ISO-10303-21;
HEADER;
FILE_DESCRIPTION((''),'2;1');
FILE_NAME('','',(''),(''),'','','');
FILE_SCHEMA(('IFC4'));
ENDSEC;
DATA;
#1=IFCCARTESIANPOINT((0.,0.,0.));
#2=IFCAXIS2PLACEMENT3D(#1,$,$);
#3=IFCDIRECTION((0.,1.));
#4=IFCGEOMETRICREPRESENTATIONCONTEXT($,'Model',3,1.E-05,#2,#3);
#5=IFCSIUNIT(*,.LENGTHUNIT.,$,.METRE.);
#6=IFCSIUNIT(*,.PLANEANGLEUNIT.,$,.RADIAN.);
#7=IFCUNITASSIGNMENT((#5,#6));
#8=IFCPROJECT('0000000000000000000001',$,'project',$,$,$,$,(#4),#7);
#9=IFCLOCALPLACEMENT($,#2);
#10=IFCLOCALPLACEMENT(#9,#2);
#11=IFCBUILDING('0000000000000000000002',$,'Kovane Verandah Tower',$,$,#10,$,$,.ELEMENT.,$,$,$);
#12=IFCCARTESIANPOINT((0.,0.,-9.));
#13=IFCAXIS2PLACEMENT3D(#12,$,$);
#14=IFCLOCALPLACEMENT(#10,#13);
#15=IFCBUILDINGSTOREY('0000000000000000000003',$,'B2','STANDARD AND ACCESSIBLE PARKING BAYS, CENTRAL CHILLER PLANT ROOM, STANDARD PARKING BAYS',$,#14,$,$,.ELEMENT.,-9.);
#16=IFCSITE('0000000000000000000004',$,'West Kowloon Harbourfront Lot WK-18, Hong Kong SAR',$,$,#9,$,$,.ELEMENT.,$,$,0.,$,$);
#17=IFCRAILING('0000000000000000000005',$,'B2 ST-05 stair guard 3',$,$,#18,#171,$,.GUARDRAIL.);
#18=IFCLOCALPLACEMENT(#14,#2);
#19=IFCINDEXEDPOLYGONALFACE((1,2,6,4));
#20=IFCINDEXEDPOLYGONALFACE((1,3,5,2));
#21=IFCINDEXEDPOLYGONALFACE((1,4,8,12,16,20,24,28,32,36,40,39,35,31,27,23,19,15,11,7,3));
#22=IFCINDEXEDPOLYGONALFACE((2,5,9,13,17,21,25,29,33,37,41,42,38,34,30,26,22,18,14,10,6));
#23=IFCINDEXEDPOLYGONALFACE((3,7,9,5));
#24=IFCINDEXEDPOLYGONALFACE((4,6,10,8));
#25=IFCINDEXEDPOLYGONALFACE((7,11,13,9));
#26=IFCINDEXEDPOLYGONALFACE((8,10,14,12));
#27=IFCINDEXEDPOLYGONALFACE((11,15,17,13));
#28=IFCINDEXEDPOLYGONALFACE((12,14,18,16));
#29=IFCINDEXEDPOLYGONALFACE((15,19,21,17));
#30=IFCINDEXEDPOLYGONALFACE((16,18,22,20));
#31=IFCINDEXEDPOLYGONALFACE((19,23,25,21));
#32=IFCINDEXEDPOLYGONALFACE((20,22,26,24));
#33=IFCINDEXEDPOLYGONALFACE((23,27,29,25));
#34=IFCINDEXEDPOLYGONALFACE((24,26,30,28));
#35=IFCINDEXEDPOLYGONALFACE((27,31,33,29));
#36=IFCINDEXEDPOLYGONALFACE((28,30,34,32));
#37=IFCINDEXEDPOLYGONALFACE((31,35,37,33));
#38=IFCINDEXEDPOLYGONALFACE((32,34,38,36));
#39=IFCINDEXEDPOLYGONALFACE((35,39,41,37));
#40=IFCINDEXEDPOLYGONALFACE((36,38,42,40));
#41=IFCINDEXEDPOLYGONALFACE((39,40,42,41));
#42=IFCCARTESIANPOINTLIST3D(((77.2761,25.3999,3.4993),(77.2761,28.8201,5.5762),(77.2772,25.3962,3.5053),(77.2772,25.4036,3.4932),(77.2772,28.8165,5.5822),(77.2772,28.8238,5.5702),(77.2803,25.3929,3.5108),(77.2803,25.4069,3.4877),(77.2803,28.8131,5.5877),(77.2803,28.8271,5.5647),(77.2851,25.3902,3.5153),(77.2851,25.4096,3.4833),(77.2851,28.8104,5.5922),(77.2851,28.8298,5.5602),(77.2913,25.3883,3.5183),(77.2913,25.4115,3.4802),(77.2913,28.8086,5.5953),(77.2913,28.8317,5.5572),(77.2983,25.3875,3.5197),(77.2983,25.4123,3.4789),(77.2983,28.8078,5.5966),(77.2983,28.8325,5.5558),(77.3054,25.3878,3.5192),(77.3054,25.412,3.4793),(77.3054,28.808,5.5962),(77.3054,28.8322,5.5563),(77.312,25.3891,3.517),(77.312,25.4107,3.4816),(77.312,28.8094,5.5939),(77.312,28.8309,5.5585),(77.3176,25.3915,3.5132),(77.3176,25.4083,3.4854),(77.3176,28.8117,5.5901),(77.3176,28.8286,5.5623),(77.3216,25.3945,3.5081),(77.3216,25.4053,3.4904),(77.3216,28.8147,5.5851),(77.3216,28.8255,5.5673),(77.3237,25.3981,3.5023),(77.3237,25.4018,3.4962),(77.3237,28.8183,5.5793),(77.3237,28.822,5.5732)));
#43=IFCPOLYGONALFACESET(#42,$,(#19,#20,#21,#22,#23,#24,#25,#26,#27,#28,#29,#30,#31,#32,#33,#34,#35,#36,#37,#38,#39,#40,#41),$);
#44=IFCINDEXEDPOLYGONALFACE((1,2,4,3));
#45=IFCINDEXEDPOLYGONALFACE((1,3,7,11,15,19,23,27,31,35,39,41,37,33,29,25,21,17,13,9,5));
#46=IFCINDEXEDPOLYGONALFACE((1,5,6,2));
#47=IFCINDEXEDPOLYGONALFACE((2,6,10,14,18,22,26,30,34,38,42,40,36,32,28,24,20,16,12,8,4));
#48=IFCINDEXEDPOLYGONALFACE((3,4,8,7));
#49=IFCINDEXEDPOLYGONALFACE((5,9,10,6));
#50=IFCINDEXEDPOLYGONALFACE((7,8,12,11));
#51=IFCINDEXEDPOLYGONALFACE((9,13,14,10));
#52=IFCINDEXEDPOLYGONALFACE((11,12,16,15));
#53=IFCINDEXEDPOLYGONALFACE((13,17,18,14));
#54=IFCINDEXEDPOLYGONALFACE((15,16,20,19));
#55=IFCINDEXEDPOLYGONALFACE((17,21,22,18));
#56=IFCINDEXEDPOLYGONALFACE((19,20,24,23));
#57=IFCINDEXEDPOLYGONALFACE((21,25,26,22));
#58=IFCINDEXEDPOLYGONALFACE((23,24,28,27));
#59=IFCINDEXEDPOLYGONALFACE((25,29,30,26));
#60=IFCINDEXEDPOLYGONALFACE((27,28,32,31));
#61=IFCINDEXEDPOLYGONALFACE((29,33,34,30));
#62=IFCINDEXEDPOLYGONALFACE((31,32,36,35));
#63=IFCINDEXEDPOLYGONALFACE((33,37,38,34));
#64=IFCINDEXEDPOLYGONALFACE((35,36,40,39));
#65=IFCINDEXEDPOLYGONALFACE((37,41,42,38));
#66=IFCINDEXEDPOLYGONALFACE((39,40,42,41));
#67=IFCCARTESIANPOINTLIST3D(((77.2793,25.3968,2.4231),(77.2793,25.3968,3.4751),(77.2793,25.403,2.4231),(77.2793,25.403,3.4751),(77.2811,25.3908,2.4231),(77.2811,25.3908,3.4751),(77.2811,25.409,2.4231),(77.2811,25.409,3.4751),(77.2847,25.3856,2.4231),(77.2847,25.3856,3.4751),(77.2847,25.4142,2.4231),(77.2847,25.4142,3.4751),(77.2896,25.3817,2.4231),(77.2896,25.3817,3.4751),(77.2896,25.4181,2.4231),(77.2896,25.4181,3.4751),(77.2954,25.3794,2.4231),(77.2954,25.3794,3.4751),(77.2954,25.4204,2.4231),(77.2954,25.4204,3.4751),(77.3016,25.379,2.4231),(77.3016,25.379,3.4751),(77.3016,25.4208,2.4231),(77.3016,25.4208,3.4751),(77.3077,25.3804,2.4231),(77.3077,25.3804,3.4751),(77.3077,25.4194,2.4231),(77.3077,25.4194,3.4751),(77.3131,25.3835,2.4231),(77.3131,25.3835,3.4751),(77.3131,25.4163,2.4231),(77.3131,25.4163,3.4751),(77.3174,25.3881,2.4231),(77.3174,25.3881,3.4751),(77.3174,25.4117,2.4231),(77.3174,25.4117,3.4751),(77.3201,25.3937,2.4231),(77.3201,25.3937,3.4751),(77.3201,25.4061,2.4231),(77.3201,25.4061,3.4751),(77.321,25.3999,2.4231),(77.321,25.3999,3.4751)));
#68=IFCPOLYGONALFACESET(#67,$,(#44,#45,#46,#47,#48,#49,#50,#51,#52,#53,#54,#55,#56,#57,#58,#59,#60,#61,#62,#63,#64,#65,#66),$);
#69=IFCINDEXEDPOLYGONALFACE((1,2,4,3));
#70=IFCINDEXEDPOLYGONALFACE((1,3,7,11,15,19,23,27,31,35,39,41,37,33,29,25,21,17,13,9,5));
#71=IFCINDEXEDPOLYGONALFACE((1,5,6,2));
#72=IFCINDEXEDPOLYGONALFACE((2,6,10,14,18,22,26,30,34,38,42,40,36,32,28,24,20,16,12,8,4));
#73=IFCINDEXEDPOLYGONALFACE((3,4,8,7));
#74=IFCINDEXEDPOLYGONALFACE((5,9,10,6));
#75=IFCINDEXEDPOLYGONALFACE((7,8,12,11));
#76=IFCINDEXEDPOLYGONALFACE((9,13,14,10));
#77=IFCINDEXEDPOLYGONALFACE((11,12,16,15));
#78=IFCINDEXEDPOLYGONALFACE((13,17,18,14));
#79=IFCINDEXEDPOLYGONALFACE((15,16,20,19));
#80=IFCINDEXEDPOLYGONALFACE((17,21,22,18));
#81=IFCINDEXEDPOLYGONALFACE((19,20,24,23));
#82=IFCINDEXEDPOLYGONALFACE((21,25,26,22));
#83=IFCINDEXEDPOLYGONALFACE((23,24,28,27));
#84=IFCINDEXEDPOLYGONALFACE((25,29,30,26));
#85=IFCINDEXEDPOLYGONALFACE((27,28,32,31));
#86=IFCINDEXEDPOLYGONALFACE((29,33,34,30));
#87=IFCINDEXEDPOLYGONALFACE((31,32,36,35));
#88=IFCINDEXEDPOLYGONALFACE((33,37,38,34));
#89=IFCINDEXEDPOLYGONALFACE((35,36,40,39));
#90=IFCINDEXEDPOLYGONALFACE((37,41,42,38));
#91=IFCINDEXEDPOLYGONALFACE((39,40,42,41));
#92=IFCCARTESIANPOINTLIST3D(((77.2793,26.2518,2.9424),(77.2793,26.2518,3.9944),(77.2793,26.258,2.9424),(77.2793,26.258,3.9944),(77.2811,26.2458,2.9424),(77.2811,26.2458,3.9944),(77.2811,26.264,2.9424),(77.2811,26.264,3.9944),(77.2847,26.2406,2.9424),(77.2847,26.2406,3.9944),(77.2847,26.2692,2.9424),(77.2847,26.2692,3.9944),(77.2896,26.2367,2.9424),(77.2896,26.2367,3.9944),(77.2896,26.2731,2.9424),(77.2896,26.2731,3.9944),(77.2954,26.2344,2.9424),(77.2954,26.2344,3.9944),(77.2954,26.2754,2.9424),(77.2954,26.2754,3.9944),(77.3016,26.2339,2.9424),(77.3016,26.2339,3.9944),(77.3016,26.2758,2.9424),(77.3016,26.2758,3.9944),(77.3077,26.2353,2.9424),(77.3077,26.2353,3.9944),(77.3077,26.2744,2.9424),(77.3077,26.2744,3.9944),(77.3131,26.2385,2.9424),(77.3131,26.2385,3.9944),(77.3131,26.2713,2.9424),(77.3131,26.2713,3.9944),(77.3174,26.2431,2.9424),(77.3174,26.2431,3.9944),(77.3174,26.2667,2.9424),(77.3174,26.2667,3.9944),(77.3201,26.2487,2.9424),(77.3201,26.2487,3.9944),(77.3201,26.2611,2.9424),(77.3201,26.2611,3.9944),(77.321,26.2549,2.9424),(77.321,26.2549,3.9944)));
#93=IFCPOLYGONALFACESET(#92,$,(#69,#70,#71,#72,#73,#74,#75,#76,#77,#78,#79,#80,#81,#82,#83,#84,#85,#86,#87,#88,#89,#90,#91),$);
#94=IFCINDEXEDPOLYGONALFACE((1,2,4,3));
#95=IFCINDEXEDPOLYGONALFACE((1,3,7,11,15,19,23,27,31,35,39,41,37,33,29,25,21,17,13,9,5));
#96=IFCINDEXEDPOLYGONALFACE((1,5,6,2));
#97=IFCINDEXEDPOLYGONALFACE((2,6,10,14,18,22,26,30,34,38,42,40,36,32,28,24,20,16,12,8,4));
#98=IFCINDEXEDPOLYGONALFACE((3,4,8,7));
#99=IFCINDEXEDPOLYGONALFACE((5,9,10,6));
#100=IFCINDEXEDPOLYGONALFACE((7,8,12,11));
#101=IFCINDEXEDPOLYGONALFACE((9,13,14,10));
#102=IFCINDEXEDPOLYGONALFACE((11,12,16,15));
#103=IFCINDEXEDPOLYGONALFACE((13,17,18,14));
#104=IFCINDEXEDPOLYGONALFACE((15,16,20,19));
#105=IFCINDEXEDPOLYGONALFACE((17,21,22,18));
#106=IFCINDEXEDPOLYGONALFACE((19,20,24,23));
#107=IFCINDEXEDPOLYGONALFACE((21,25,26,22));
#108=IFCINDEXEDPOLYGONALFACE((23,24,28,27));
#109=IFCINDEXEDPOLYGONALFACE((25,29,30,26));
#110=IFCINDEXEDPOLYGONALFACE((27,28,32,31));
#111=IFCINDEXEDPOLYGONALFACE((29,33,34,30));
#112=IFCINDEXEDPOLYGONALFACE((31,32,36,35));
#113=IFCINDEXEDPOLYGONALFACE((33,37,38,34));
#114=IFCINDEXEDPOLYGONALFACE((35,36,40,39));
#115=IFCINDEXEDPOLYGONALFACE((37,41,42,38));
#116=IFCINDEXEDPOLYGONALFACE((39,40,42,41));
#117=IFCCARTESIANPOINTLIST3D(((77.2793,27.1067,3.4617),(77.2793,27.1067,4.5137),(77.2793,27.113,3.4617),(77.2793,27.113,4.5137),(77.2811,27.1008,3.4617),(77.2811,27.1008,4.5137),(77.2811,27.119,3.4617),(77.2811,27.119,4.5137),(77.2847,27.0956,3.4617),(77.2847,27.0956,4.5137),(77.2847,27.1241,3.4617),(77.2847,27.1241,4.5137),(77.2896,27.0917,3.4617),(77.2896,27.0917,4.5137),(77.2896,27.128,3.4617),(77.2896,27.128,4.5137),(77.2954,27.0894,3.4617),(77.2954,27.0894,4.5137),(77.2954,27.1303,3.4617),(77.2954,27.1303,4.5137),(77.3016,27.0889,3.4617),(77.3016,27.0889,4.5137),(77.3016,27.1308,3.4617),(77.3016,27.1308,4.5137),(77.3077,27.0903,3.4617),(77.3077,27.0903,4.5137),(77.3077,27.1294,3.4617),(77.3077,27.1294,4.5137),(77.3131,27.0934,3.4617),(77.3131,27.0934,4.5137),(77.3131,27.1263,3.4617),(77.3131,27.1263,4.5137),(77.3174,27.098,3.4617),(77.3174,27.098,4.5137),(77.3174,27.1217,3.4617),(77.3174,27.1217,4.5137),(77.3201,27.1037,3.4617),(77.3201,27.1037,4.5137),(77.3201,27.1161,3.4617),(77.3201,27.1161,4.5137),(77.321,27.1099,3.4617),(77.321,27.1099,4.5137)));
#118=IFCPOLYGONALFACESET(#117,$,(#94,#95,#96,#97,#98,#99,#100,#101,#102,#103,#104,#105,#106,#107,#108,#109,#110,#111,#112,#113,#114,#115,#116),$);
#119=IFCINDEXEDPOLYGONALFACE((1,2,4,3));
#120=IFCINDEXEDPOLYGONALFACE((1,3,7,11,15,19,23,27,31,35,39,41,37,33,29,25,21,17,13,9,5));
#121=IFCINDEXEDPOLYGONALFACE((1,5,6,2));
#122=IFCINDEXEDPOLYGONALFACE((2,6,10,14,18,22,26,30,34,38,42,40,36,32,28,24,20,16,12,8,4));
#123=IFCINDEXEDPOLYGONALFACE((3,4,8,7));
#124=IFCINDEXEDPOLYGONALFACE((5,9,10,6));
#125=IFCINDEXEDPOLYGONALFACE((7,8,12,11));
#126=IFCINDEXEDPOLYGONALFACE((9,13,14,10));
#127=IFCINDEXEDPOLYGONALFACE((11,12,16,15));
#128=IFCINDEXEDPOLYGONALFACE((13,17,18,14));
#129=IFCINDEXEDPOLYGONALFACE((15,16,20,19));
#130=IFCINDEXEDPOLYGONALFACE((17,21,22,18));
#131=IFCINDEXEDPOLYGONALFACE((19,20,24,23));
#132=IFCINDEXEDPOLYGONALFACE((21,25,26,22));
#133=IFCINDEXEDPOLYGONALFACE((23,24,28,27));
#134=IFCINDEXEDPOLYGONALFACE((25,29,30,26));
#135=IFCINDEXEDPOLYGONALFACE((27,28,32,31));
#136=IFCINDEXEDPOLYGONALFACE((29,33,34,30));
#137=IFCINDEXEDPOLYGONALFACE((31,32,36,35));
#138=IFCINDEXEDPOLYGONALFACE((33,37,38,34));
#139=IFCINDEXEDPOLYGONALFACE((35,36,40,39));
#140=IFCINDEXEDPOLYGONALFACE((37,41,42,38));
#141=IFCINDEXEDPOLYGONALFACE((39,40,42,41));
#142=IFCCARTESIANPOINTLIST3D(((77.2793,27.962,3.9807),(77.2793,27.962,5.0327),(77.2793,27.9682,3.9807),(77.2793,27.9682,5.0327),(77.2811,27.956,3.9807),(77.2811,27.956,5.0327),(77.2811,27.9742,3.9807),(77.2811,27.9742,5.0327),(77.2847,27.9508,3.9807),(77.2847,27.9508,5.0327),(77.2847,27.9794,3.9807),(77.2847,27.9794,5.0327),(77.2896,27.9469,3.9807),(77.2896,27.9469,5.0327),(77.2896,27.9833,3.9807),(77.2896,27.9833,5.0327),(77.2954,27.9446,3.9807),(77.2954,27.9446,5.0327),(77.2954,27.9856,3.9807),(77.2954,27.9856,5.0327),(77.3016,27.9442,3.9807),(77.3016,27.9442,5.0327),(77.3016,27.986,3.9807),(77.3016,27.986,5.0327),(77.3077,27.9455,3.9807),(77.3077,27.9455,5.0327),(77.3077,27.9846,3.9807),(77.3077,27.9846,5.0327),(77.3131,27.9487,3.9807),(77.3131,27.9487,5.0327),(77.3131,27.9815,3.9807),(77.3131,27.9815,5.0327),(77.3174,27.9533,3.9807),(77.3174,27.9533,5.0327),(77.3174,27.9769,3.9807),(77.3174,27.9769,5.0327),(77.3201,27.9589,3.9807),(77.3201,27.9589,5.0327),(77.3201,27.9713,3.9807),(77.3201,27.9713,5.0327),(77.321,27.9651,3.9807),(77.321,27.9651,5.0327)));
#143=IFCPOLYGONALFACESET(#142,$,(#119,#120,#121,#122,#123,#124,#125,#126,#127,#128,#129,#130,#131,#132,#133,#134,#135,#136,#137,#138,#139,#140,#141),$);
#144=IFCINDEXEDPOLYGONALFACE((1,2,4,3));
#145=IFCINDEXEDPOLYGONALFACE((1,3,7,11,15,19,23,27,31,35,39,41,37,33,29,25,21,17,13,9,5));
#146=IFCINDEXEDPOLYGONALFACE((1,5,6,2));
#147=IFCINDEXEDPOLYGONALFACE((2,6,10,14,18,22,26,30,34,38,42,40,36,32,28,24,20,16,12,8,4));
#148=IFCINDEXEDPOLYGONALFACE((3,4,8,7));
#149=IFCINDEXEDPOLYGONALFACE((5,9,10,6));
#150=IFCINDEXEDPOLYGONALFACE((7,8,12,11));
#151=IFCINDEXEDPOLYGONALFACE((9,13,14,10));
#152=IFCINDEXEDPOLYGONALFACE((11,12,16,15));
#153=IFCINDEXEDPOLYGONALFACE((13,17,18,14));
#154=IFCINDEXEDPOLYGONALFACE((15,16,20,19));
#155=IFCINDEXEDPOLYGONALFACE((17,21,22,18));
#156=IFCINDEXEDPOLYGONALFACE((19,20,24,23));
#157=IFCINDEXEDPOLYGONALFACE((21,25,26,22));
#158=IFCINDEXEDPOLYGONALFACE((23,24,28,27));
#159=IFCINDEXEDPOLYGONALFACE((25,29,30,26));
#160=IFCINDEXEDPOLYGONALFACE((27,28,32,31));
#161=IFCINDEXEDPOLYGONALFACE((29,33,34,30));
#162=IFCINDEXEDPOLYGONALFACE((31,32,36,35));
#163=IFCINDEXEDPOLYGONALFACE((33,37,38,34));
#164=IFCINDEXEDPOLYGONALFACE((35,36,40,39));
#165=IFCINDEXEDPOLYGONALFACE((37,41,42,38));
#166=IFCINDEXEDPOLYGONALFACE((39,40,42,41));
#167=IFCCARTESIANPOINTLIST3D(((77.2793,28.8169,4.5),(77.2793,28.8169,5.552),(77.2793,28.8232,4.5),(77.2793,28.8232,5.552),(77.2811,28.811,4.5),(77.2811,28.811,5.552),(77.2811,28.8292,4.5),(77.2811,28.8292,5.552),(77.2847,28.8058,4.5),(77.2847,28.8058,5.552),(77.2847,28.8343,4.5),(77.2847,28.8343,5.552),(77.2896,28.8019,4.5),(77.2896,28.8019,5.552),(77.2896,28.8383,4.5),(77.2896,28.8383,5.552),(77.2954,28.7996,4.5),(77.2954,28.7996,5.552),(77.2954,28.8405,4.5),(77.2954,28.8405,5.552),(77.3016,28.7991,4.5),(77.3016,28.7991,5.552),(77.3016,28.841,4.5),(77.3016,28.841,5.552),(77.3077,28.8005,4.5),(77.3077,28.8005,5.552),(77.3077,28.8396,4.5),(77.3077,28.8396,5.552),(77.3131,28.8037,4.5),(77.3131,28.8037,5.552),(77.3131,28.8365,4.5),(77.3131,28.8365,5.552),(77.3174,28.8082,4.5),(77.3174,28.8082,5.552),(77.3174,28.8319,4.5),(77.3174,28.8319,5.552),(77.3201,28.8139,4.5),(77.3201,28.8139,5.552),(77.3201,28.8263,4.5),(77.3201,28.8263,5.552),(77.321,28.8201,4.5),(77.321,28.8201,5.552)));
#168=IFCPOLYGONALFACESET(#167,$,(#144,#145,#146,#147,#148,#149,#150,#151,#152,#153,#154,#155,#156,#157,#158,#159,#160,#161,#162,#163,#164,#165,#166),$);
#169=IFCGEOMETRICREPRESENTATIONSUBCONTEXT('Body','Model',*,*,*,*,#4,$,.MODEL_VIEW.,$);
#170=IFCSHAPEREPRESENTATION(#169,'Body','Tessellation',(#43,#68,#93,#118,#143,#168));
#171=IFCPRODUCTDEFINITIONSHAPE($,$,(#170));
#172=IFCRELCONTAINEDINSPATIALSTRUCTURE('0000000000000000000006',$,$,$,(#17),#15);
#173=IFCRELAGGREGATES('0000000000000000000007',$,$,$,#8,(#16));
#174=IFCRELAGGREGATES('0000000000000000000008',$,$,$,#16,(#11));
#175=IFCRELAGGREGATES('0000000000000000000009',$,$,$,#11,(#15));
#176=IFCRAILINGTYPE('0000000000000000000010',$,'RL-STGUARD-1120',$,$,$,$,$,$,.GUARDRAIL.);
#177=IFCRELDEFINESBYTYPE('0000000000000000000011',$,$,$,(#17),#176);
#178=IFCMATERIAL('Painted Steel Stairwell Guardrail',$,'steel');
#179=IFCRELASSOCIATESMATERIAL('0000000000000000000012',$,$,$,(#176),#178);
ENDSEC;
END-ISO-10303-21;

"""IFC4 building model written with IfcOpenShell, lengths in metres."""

from ifc_helpers import new_model, si_unit, direction, frame, origin, origin_2d, place, context, subcontext, project, spatial, circle, extrude, material, type_object, element, save


model = new_model("IFC4")

# Units and contexts
model_context = context("Model", 3, precision=1e-05, world=origin(), true_north=direction((0.0, 1.0)))
body_context = subcontext(model_context, "Body", "Model", "MODEL_VIEW")
ifc_project = project(units=[si_unit("LENGTHUNIT", "METRE"), si_unit("PLANEANGLEUNIT", "RADIAN")], contexts=[model_context])

# Site, building, storey
site_placement = place(None, origin())
site = spatial("IfcSite", under=ifc_project, at=site_placement, Name="West Kowloon Harbourfront Lot WK-18, Hong Kong SAR", CompositionType="ELEMENT", RefElevation=0.0)
building_placement = place(site_placement, origin())
building = spatial("IfcBuilding", under=site, at=building_placement, Name="Kovane Verandah Tower", CompositionType="ELEMENT")
storey_placement = place(building_placement, frame((0.0, 0.0, -9.0)))
storey = spatial("IfcBuildingStorey", under=building, at=storey_placement, Name="B2", Description="STANDARD AND ACCESSIBLE PARKING BAYS, CENTRAL CHILLER PLANT ROOM, STANDARD PARKING BAYS", CompositionType="ELEMENT", Elevation=-9.0)

# Railing
ifc_material_1 = material(Name="Painted Steel Stairwell Guardrail", Category="steel")
railing_type_1 = type_object("IfcRailingType", Name="RL-STGUARD-1120", PredefinedType="GUARDRAIL", material=ifc_material_1)
railing_1_placement = place(storey_placement, frame((77.3, 25.3999, 2.4231)))
element("IfcRailing", 1, at=railing_1_placement, inside=storey, type_object=railing_type_1, Name="B2 ST-05 stair guard 3", PredefinedType="GUARDRAIL", context=body_context, shape_type="SweptSolid", body=[
    extrude(circle(Radius=0.0239, at=origin_2d()), frame((0.0, 0.0, 1.0762), z_axis=(0.0, 0.854746, 0.519047), x_axis=(-1.0, 0.0, 0.0)), (0.0, 0.0, 1.0), 4.0015),
    extrude(circle(Radius=0.021, at=origin_2d()), origin(), (0.0, 0.0, 1.0), 1.052),
    extrude(circle(Radius=0.021, at=origin_2d()), frame((0.0, 0.855, 0.5193)), (0.0, 0.0, 1.0), 1.052),
    extrude(circle(Radius=0.021, at=origin_2d()), frame((0.0, 1.71, 1.0386)), (0.0, 0.0, 1.0), 1.052),
    extrude(circle(Radius=0.021, at=origin_2d()), frame((0.0, 2.5652, 1.5576)), (0.0, 0.0, 1.0), 1.052),
    extrude(circle(Radius=0.021, at=origin_2d()), frame((0.0, 3.4202, 2.0769)), (0.0, 0.0, 1.0), 1.052),
])

save(model, "model.ifc")
